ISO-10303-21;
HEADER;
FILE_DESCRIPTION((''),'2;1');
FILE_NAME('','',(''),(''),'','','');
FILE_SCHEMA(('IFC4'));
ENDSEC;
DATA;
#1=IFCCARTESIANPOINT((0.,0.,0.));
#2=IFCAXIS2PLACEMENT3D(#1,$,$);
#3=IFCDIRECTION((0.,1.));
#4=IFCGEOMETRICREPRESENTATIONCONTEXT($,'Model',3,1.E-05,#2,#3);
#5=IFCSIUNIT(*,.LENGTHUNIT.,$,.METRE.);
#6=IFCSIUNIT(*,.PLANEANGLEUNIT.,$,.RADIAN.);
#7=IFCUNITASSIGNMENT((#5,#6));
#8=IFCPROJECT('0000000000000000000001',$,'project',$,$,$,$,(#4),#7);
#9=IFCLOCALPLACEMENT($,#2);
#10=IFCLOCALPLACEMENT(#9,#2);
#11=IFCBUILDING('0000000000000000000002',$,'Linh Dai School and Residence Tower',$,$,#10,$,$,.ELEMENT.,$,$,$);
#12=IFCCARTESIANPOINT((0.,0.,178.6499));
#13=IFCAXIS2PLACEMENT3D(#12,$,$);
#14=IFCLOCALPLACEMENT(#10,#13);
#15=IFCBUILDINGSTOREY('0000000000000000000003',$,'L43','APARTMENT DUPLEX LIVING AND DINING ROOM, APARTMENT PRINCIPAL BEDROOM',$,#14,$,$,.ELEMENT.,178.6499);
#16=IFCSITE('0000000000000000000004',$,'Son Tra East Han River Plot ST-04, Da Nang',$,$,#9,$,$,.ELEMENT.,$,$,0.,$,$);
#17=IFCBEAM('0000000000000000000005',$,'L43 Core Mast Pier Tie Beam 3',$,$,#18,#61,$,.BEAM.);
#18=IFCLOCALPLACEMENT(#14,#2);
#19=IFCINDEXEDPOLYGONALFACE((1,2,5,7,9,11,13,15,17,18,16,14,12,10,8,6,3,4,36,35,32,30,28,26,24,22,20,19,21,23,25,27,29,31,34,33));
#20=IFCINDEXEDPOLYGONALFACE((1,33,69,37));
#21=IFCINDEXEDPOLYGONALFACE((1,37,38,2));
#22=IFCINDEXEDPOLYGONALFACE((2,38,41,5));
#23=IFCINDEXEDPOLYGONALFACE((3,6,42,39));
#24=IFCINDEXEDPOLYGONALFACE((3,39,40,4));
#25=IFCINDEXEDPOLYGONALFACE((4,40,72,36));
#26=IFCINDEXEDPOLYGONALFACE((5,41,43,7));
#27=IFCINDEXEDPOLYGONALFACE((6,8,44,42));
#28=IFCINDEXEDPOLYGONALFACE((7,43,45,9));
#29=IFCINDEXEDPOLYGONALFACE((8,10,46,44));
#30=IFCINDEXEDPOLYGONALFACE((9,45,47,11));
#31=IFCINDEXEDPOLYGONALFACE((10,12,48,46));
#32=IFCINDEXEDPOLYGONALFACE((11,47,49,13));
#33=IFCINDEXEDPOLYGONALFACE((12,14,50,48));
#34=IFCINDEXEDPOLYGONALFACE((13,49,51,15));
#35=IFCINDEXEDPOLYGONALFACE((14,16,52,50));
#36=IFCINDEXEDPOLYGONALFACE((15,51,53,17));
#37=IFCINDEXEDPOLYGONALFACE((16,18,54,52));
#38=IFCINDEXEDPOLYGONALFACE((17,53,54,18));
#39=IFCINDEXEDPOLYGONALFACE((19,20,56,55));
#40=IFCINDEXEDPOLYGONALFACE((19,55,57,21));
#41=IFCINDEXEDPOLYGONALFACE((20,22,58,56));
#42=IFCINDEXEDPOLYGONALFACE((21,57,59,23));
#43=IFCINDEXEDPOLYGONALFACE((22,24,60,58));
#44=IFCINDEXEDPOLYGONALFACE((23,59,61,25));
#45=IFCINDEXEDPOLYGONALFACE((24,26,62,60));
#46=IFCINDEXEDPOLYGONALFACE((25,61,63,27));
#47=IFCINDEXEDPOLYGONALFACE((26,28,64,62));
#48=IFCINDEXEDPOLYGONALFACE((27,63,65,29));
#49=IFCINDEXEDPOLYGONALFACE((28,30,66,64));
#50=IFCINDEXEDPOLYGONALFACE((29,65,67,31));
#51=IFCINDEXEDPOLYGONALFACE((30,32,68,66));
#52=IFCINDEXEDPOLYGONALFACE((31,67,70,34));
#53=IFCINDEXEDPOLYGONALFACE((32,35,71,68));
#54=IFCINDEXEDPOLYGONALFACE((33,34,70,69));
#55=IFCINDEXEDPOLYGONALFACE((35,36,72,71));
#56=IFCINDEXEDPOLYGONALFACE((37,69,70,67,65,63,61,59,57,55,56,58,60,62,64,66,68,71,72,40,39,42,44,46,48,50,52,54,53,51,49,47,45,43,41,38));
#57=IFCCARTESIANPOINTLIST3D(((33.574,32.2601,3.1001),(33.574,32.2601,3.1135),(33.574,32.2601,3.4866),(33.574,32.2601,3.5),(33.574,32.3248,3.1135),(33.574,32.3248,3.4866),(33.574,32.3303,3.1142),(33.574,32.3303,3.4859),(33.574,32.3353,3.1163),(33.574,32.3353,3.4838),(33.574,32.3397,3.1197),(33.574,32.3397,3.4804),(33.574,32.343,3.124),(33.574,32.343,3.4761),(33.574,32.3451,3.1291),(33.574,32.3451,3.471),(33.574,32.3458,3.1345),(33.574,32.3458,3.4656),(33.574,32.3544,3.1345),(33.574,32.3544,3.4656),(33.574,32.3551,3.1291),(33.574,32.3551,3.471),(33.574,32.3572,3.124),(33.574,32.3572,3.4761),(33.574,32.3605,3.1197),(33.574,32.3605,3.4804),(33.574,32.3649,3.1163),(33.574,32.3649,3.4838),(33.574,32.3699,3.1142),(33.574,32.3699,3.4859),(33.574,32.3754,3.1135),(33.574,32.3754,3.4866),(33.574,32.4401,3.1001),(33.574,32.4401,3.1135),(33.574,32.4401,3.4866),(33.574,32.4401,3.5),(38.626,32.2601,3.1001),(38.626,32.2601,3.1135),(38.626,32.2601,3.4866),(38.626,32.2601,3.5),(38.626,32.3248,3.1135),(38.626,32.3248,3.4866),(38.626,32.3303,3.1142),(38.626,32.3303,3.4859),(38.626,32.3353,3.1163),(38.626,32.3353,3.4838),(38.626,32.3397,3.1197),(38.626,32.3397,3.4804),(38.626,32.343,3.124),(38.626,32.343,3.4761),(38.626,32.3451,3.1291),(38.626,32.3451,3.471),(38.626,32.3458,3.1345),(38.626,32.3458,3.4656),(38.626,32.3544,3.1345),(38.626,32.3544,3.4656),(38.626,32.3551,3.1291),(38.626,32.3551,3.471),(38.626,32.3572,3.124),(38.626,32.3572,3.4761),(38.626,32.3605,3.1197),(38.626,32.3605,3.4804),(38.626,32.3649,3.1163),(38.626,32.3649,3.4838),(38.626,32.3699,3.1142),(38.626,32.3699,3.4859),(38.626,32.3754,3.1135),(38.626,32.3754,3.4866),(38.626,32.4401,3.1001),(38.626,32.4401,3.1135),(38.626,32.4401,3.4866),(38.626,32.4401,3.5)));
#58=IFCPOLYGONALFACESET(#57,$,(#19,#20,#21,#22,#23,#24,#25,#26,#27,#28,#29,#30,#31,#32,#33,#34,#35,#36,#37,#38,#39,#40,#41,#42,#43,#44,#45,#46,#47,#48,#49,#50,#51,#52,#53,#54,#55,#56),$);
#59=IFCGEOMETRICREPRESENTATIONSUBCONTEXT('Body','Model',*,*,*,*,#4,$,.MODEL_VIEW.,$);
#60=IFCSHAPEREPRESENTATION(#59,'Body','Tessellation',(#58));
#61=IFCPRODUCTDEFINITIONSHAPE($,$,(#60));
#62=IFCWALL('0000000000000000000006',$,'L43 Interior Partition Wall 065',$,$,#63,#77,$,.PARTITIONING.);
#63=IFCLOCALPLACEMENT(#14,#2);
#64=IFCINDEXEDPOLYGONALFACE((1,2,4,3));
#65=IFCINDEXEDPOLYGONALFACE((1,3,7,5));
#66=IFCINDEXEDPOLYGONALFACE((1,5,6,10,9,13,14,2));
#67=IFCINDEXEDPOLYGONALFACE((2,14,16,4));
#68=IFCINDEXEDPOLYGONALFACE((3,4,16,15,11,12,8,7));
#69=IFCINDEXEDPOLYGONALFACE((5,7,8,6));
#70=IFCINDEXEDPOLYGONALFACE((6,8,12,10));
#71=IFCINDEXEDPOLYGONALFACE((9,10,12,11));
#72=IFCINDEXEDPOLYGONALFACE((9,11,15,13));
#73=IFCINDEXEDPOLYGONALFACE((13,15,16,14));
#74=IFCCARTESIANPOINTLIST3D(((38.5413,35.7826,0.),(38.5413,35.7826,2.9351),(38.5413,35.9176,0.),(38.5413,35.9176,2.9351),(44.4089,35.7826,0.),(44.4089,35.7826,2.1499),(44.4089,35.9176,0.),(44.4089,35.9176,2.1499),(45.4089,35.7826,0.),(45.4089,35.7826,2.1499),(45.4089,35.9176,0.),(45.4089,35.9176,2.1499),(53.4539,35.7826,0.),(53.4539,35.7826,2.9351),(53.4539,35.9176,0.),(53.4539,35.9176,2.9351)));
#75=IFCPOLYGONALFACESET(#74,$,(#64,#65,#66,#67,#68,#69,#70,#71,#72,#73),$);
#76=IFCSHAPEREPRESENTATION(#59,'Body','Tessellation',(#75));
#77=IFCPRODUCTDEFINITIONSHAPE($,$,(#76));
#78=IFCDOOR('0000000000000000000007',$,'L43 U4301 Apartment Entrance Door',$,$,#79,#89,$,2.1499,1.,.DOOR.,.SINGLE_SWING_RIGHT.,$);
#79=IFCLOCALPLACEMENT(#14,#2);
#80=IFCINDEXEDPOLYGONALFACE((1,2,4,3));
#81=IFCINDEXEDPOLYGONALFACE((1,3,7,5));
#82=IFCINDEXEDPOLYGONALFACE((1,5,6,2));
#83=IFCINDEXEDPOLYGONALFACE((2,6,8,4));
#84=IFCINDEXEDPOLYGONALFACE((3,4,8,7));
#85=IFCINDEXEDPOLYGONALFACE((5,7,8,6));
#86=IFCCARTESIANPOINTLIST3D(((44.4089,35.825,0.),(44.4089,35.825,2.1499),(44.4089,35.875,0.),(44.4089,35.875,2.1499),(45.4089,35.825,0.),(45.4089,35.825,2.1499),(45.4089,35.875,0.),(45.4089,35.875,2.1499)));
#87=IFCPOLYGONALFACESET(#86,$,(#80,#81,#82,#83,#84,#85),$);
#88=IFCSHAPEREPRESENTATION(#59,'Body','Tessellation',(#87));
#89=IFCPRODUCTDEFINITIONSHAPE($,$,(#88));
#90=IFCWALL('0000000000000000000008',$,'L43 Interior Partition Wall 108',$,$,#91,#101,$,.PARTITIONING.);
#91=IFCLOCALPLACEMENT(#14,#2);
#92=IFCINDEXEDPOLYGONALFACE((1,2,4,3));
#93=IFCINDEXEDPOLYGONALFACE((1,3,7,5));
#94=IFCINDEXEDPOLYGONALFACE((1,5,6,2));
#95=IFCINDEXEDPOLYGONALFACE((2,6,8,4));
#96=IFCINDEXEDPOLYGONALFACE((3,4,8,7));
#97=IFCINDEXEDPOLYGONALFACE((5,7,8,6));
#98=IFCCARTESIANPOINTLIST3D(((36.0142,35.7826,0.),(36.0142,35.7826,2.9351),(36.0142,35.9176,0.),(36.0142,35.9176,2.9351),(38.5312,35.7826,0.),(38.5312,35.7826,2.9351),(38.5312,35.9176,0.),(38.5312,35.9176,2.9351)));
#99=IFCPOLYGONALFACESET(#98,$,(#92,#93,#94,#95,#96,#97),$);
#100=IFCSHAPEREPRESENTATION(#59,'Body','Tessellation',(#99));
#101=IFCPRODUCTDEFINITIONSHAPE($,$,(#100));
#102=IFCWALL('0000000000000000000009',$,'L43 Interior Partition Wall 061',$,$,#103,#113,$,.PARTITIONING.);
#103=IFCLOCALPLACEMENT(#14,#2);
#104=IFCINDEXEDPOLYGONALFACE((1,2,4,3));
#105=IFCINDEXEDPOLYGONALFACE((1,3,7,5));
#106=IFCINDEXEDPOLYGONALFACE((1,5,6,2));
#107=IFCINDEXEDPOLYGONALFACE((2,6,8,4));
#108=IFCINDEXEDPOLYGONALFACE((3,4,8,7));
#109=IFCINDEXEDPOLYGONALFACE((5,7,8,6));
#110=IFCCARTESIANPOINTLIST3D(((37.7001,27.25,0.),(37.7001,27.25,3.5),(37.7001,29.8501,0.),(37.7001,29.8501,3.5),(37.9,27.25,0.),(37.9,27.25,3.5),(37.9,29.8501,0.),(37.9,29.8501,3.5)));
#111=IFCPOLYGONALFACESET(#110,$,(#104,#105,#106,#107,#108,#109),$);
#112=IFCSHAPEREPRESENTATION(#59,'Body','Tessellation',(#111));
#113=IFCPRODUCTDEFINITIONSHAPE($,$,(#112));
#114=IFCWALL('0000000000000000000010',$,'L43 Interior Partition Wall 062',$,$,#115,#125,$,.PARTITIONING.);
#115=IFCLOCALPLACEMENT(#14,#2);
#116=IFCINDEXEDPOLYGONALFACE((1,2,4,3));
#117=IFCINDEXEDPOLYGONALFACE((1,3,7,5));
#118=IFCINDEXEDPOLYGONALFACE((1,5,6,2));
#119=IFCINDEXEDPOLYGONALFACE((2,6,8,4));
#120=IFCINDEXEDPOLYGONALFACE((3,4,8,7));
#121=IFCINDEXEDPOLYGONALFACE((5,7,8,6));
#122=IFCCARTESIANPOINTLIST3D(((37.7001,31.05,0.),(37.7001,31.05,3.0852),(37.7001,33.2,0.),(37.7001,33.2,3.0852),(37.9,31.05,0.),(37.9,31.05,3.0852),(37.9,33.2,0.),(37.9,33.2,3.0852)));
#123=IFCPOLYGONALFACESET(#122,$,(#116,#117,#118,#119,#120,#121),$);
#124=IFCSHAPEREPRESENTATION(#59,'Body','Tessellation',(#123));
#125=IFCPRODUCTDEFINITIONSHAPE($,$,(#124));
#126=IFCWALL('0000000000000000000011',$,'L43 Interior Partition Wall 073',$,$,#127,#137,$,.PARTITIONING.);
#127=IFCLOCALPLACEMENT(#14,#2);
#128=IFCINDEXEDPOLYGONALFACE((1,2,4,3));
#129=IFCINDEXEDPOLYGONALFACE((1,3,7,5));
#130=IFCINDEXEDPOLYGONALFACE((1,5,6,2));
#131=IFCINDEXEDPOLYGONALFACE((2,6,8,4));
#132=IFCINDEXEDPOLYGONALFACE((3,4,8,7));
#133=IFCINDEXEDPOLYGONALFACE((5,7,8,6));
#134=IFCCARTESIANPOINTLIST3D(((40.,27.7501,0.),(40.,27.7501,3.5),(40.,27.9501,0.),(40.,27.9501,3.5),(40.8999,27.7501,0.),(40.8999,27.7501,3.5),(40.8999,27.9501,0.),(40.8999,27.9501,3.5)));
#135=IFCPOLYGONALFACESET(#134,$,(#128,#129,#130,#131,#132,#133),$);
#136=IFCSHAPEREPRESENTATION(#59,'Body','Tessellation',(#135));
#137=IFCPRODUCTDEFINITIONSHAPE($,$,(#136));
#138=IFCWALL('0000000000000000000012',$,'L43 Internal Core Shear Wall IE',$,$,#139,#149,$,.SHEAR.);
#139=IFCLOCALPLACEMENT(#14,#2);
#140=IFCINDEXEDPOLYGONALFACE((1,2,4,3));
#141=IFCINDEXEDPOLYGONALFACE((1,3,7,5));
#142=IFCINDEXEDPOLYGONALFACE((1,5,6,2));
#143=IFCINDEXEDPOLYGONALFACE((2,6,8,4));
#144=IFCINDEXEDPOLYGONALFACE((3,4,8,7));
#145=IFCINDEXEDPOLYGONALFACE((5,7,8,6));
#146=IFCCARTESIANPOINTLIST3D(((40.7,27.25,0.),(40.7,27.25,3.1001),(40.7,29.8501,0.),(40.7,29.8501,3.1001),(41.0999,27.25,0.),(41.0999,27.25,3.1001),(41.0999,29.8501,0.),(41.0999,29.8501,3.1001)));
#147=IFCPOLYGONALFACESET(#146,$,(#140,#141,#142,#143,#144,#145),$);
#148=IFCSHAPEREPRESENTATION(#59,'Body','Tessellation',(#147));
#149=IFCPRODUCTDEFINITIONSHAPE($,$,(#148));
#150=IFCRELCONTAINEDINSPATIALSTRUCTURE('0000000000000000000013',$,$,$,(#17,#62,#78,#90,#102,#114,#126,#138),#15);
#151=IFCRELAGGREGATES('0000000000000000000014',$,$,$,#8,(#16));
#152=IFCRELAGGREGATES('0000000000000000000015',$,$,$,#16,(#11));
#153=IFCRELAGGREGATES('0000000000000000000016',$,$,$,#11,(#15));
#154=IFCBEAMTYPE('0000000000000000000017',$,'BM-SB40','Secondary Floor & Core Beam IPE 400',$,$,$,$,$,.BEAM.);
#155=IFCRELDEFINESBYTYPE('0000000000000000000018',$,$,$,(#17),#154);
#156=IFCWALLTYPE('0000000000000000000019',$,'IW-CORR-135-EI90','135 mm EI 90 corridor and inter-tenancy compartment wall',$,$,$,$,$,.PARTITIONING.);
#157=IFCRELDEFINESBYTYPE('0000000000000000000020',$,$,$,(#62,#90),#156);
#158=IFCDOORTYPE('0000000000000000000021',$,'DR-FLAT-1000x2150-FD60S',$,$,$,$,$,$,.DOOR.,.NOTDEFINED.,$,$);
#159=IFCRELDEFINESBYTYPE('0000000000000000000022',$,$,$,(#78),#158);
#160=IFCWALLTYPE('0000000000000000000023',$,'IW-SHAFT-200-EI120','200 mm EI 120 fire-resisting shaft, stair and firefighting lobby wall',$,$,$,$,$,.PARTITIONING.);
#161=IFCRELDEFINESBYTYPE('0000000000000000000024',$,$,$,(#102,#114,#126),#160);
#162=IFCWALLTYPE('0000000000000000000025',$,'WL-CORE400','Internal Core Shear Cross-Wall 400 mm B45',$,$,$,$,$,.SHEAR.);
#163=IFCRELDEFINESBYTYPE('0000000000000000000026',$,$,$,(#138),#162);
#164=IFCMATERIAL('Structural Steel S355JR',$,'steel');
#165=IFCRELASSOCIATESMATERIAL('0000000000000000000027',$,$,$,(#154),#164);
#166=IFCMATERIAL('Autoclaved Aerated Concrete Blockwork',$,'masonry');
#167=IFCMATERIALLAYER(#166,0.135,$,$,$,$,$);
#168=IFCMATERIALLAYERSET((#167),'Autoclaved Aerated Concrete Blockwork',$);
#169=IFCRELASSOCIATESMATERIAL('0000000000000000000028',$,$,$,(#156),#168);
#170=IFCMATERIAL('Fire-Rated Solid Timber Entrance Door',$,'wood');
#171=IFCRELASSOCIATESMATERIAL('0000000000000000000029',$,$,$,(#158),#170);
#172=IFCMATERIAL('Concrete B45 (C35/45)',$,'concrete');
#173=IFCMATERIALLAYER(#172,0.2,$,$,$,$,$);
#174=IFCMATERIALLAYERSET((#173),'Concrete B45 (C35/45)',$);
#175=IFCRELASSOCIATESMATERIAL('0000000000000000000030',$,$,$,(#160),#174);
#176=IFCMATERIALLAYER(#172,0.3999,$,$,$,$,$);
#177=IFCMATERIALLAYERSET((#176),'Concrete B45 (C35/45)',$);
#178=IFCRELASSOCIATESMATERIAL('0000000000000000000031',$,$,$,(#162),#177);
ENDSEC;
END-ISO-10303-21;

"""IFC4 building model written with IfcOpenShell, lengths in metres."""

from ifc_helpers import new_model, si_unit, direction, frame, frame_2d, origin, origin_2d, place, context, subcontext, project, spatial, rectangle, i_section, extrude, source, transform, mapped, material, layer, layer_set, material_profile, profile_set, type_object, element, fill, save


model = new_model("IFC4")

# Units and contexts
model_context = context("Model", 3, precision=1e-05, world=origin(), true_north=direction((0.0, 1.0)))
body_context = subcontext(model_context, "Body", "Model", "MODEL_VIEW")
ifc_project = project(units=[si_unit("LENGTHUNIT", "METRE"), si_unit("PLANEANGLEUNIT", "RADIAN")], contexts=[model_context])

# Site, building, storey
site_placement = place(None, origin())
site = spatial("IfcSite", under=ifc_project, at=site_placement, Name="Son Tra East Han River Plot ST-04, Da Nang", CompositionType="ELEMENT", RefElevation=0.0)
building_placement = place(site_placement, origin())
building = spatial("IfcBuilding", under=site, at=building_placement, Name="Linh Dai School and Residence Tower", CompositionType="ELEMENT")
storey_placement = place(building_placement, frame((0.0, 0.0, 178.6499)))
storey = spatial("IfcBuildingStorey", under=building, at=storey_placement, Name="L43", Description="APARTMENT DUPLEX LIVING AND DINING ROOM, APARTMENT PRINCIPAL BEDROOM", CompositionType="ELEMENT", Elevation=178.6499)

# Shared definitions
ifc_material_1 = material(Name="Structural Steel S355JR", Category="steel")

# Beam
ifc_material_profile_1 = material_profile(ifc_material_1, i_section(OverallWidth=0.1799, OverallDepth=0.3999, WebThickness=0.0085, FlangeThickness=0.0134, FilletRadius=0.021, at=origin_2d()), Name="IPE 400")
ifc_profile_set_1 = profile_set([ifc_material_profile_1], Name="Structural Steel S355JR")
beam_type_1 = type_object("IfcBeamType", Name="BM-SB40", Description="Secondary Floor & Core Beam IPE 400", PredefinedType="BEAM", material=ifc_profile_set_1)
beam_1_placement = place(storey_placement, frame((38.626, 32.3501, 3.3), z_axis=(-1.0, 0.0, 0.0), x_axis=(0.0, -1.0, 0.0)))
element("IfcBeam", 1, at=beam_1_placement, inside=storey, type_object=beam_type_1, Name="L43 Core Mast Pier Tie Beam 3", PredefinedType="BEAM", context=body_context, shape_type="SweptSolid", body=[
    extrude(i_section(OverallWidth=0.1799, OverallDepth=0.3999, WebThickness=0.0085, FlangeThickness=0.0134, FilletRadius=0.021, at=origin_2d()), origin(), (0.0, 0.0, 1.0), 5.052),
])

# Wall, opening, door
ifc_material_2 = material(Name="Autoclaved Aerated Concrete Blockwork", Category="masonry")
ifc_layer_1 = layer(ifc_material_2, 0.135)
ifc_layer_set_1 = layer_set([ifc_layer_1], Name="Autoclaved Aerated Concrete Blockwork")
wall_type_1 = type_object("IfcWallType", Name="IW-CORR-135-EI90", Description="135 mm EI 90 corridor and inter-tenancy compartment wall", PredefinedType="PARTITIONING", material=ifc_layer_set_1)
wall_1_placement = place(storey_placement, frame((38.5413, 35.8501, 0.0), z_axis=(0.0, 0.0, 1.0), x_axis=(1.0, 0.0, 0.0)))
wall_1 = element("IfcWall", 2, at=wall_1_placement, inside=storey, type_object=wall_type_1, Name="L43 Interior Partition Wall 065", PredefinedType="PARTITIONING", context=body_context, shape_type="SweptSolid", body=[
    extrude(rectangle(XDim=14.9126, YDim=0.135, at=frame_2d((7.4563, 0.0))), origin(), (0.0, 0.0, 1.0), 2.9351),
])
opening_placement = place(wall_1_placement, frame((5.8677, 0.0, 0.0)))
opening = element("IfcOpeningElement", 3, at=opening_placement, cuts=wall_1, PredefinedType="OPENING", context=body_context, shape_type="SweptSolid", body=[
    extrude(rectangle(XDim=1.0, YDim=2.1499, at=origin_2d()), frame((0.5, 0.0776, 1.075), z_axis=(0.0, -1.0, 0.0), x_axis=(1.0, 0.0, 0.0)), (0.0, 0.0, 1.0), 0.155),
])
ifc_material_3 = material(Name="Fire-Rated Solid Timber Entrance Door", Category="wood")
door_type = type_object("IfcDoorType", Name="DR-FLAT-1000x2150-FD60S", OperationType="NOTDEFINED", PredefinedType="DOOR", material=ifc_material_3)
shared_shape_1 = source(origin(), body_context, "Body", "SweptSolid", [
    extrude(rectangle(XDim=1.0, YDim=2.1499, at=origin_2d()), frame((0.5, 0.0249, 1.075), z_axis=(0.0, -1.0, 0.0), x_axis=(1.0, 0.0, 0.0)), (0.0, 0.0, 1.0), 0.05),
])
door_placement = place(opening_placement, origin())
door = element("IfcDoor", 4, at=door_placement, inside=storey, type_object=door_type, Name="L43 U4301 Apartment Entrance Door", OperationType="SINGLE_SWING_RIGHT", OverallHeight=2.1499, OverallWidth=1.0, PredefinedType="DOOR", context=body_context, shape_type="MappedRepresentation", body=[
    mapped(shared_shape_1, transform((0.0, 0.0, 0.0), x_axis=(1.0, 0.0, 0.0), y_axis=(0.0, 1.0, 0.0), z_axis=(0.0, 0.0, 1.0), scale=1.0)),
])
fill(opening, door)

# Walls
wall_2_placement = place(storey_placement, frame((36.0142, 35.8501, 0.0), z_axis=(0.0, 0.0, 1.0), x_axis=(1.0, 0.0, 0.0)))
element("IfcWall", 5, at=wall_2_placement, inside=storey, type_object=wall_type_1, Name="L43 Interior Partition Wall 108", PredefinedType="PARTITIONING", context=body_context, shape_type="SweptSolid", body=[
    extrude(rectangle(XDim=2.5171, YDim=0.135, at=frame_2d((1.2585, 0.0))), origin(), (0.0, 0.0, 1.0), 2.9351),
])
ifc_material_4 = material(Name="Concrete B45 (C35/45)", Category="concrete")
ifc_layer_2 = layer(ifc_material_4, 0.2)
ifc_layer_set_2 = layer_set([ifc_layer_2], Name="Concrete B45 (C35/45)")
wall_type_2 = type_object("IfcWallType", Name="IW-SHAFT-200-EI120", Description="200 mm EI 120 fire-resisting shaft, stair and firefighting lobby wall", PredefinedType="PARTITIONING", material=ifc_layer_set_2)
wall_3_placement = place(storey_placement, frame((37.8, 27.25, 0.0), z_axis=(0.0, 0.0, 1.0), x_axis=(0.0, 1.0, 0.0)))
element("IfcWall", 6, at=wall_3_placement, inside=storey, type_object=wall_type_2, Name="L43 Interior Partition Wall 061", PredefinedType="PARTITIONING", context=body_context, shape_type="SweptSolid", body=[
    extrude(rectangle(XDim=2.6001, YDim=0.2, at=frame_2d((1.3, 0.0))), origin(), (0.0, 0.0, 1.0), 3.5),
])
wall_4_placement = place(storey_placement, frame((37.8, 31.05, 0.0), z_axis=(0.0, 0.0, 1.0), x_axis=(0.0, 1.0, 0.0)))
element("IfcWall", 7, at=wall_4_placement, inside=storey, type_object=wall_type_2, Name="L43 Interior Partition Wall 062", PredefinedType="PARTITIONING", context=body_context, shape_type="SweptSolid", body=[
    extrude(rectangle(XDim=2.1499, YDim=0.2, at=frame_2d((1.075, 0.0))), origin(), (0.0, 0.0, 1.0), 3.0852),
])
wall_5_placement = place(storey_placement, frame((40.0, 27.8501, 0.0), z_axis=(0.0, 0.0, 1.0), x_axis=(1.0, 0.0, 0.0)))
element("IfcWall", 8, at=wall_5_placement, inside=storey, type_object=wall_type_2, Name="L43 Interior Partition Wall 073", PredefinedType="PARTITIONING", context=body_context, shape_type="SweptSolid", body=[
    extrude(rectangle(XDim=0.8999, YDim=0.2, at=frame_2d((0.45, 0.0))), origin(), (0.0, 0.0, 1.0), 3.5),
])
ifc_layer_3 = layer(ifc_material_4, 0.3999)
ifc_layer_set_3 = layer_set([ifc_layer_3], Name="Concrete B45 (C35/45)")
wall_type_3 = type_object("IfcWallType", Name="WL-CORE400", Description="Internal Core Shear Cross-Wall 400 mm B45", PredefinedType="SHEAR", material=ifc_layer_set_3)
wall_6_placement = place(storey_placement, frame((40.8999, 27.25, 0.0), z_axis=(0.0, 0.0, 1.0), x_axis=(0.0, 1.0, 0.0)))
element("IfcWall", 9, at=wall_6_placement, inside=storey, type_object=wall_type_3, Name="L43 Internal Core Shear Wall IE", PredefinedType="SHEAR", context=body_context, shape_type="SweptSolid", body=[
    extrude(rectangle(XDim=2.6001, YDim=0.3999, at=frame_2d((1.3, 0.0))), origin(), (0.0, 0.0, 1.0), 3.1001),
])

save(model, "model.ifc")
